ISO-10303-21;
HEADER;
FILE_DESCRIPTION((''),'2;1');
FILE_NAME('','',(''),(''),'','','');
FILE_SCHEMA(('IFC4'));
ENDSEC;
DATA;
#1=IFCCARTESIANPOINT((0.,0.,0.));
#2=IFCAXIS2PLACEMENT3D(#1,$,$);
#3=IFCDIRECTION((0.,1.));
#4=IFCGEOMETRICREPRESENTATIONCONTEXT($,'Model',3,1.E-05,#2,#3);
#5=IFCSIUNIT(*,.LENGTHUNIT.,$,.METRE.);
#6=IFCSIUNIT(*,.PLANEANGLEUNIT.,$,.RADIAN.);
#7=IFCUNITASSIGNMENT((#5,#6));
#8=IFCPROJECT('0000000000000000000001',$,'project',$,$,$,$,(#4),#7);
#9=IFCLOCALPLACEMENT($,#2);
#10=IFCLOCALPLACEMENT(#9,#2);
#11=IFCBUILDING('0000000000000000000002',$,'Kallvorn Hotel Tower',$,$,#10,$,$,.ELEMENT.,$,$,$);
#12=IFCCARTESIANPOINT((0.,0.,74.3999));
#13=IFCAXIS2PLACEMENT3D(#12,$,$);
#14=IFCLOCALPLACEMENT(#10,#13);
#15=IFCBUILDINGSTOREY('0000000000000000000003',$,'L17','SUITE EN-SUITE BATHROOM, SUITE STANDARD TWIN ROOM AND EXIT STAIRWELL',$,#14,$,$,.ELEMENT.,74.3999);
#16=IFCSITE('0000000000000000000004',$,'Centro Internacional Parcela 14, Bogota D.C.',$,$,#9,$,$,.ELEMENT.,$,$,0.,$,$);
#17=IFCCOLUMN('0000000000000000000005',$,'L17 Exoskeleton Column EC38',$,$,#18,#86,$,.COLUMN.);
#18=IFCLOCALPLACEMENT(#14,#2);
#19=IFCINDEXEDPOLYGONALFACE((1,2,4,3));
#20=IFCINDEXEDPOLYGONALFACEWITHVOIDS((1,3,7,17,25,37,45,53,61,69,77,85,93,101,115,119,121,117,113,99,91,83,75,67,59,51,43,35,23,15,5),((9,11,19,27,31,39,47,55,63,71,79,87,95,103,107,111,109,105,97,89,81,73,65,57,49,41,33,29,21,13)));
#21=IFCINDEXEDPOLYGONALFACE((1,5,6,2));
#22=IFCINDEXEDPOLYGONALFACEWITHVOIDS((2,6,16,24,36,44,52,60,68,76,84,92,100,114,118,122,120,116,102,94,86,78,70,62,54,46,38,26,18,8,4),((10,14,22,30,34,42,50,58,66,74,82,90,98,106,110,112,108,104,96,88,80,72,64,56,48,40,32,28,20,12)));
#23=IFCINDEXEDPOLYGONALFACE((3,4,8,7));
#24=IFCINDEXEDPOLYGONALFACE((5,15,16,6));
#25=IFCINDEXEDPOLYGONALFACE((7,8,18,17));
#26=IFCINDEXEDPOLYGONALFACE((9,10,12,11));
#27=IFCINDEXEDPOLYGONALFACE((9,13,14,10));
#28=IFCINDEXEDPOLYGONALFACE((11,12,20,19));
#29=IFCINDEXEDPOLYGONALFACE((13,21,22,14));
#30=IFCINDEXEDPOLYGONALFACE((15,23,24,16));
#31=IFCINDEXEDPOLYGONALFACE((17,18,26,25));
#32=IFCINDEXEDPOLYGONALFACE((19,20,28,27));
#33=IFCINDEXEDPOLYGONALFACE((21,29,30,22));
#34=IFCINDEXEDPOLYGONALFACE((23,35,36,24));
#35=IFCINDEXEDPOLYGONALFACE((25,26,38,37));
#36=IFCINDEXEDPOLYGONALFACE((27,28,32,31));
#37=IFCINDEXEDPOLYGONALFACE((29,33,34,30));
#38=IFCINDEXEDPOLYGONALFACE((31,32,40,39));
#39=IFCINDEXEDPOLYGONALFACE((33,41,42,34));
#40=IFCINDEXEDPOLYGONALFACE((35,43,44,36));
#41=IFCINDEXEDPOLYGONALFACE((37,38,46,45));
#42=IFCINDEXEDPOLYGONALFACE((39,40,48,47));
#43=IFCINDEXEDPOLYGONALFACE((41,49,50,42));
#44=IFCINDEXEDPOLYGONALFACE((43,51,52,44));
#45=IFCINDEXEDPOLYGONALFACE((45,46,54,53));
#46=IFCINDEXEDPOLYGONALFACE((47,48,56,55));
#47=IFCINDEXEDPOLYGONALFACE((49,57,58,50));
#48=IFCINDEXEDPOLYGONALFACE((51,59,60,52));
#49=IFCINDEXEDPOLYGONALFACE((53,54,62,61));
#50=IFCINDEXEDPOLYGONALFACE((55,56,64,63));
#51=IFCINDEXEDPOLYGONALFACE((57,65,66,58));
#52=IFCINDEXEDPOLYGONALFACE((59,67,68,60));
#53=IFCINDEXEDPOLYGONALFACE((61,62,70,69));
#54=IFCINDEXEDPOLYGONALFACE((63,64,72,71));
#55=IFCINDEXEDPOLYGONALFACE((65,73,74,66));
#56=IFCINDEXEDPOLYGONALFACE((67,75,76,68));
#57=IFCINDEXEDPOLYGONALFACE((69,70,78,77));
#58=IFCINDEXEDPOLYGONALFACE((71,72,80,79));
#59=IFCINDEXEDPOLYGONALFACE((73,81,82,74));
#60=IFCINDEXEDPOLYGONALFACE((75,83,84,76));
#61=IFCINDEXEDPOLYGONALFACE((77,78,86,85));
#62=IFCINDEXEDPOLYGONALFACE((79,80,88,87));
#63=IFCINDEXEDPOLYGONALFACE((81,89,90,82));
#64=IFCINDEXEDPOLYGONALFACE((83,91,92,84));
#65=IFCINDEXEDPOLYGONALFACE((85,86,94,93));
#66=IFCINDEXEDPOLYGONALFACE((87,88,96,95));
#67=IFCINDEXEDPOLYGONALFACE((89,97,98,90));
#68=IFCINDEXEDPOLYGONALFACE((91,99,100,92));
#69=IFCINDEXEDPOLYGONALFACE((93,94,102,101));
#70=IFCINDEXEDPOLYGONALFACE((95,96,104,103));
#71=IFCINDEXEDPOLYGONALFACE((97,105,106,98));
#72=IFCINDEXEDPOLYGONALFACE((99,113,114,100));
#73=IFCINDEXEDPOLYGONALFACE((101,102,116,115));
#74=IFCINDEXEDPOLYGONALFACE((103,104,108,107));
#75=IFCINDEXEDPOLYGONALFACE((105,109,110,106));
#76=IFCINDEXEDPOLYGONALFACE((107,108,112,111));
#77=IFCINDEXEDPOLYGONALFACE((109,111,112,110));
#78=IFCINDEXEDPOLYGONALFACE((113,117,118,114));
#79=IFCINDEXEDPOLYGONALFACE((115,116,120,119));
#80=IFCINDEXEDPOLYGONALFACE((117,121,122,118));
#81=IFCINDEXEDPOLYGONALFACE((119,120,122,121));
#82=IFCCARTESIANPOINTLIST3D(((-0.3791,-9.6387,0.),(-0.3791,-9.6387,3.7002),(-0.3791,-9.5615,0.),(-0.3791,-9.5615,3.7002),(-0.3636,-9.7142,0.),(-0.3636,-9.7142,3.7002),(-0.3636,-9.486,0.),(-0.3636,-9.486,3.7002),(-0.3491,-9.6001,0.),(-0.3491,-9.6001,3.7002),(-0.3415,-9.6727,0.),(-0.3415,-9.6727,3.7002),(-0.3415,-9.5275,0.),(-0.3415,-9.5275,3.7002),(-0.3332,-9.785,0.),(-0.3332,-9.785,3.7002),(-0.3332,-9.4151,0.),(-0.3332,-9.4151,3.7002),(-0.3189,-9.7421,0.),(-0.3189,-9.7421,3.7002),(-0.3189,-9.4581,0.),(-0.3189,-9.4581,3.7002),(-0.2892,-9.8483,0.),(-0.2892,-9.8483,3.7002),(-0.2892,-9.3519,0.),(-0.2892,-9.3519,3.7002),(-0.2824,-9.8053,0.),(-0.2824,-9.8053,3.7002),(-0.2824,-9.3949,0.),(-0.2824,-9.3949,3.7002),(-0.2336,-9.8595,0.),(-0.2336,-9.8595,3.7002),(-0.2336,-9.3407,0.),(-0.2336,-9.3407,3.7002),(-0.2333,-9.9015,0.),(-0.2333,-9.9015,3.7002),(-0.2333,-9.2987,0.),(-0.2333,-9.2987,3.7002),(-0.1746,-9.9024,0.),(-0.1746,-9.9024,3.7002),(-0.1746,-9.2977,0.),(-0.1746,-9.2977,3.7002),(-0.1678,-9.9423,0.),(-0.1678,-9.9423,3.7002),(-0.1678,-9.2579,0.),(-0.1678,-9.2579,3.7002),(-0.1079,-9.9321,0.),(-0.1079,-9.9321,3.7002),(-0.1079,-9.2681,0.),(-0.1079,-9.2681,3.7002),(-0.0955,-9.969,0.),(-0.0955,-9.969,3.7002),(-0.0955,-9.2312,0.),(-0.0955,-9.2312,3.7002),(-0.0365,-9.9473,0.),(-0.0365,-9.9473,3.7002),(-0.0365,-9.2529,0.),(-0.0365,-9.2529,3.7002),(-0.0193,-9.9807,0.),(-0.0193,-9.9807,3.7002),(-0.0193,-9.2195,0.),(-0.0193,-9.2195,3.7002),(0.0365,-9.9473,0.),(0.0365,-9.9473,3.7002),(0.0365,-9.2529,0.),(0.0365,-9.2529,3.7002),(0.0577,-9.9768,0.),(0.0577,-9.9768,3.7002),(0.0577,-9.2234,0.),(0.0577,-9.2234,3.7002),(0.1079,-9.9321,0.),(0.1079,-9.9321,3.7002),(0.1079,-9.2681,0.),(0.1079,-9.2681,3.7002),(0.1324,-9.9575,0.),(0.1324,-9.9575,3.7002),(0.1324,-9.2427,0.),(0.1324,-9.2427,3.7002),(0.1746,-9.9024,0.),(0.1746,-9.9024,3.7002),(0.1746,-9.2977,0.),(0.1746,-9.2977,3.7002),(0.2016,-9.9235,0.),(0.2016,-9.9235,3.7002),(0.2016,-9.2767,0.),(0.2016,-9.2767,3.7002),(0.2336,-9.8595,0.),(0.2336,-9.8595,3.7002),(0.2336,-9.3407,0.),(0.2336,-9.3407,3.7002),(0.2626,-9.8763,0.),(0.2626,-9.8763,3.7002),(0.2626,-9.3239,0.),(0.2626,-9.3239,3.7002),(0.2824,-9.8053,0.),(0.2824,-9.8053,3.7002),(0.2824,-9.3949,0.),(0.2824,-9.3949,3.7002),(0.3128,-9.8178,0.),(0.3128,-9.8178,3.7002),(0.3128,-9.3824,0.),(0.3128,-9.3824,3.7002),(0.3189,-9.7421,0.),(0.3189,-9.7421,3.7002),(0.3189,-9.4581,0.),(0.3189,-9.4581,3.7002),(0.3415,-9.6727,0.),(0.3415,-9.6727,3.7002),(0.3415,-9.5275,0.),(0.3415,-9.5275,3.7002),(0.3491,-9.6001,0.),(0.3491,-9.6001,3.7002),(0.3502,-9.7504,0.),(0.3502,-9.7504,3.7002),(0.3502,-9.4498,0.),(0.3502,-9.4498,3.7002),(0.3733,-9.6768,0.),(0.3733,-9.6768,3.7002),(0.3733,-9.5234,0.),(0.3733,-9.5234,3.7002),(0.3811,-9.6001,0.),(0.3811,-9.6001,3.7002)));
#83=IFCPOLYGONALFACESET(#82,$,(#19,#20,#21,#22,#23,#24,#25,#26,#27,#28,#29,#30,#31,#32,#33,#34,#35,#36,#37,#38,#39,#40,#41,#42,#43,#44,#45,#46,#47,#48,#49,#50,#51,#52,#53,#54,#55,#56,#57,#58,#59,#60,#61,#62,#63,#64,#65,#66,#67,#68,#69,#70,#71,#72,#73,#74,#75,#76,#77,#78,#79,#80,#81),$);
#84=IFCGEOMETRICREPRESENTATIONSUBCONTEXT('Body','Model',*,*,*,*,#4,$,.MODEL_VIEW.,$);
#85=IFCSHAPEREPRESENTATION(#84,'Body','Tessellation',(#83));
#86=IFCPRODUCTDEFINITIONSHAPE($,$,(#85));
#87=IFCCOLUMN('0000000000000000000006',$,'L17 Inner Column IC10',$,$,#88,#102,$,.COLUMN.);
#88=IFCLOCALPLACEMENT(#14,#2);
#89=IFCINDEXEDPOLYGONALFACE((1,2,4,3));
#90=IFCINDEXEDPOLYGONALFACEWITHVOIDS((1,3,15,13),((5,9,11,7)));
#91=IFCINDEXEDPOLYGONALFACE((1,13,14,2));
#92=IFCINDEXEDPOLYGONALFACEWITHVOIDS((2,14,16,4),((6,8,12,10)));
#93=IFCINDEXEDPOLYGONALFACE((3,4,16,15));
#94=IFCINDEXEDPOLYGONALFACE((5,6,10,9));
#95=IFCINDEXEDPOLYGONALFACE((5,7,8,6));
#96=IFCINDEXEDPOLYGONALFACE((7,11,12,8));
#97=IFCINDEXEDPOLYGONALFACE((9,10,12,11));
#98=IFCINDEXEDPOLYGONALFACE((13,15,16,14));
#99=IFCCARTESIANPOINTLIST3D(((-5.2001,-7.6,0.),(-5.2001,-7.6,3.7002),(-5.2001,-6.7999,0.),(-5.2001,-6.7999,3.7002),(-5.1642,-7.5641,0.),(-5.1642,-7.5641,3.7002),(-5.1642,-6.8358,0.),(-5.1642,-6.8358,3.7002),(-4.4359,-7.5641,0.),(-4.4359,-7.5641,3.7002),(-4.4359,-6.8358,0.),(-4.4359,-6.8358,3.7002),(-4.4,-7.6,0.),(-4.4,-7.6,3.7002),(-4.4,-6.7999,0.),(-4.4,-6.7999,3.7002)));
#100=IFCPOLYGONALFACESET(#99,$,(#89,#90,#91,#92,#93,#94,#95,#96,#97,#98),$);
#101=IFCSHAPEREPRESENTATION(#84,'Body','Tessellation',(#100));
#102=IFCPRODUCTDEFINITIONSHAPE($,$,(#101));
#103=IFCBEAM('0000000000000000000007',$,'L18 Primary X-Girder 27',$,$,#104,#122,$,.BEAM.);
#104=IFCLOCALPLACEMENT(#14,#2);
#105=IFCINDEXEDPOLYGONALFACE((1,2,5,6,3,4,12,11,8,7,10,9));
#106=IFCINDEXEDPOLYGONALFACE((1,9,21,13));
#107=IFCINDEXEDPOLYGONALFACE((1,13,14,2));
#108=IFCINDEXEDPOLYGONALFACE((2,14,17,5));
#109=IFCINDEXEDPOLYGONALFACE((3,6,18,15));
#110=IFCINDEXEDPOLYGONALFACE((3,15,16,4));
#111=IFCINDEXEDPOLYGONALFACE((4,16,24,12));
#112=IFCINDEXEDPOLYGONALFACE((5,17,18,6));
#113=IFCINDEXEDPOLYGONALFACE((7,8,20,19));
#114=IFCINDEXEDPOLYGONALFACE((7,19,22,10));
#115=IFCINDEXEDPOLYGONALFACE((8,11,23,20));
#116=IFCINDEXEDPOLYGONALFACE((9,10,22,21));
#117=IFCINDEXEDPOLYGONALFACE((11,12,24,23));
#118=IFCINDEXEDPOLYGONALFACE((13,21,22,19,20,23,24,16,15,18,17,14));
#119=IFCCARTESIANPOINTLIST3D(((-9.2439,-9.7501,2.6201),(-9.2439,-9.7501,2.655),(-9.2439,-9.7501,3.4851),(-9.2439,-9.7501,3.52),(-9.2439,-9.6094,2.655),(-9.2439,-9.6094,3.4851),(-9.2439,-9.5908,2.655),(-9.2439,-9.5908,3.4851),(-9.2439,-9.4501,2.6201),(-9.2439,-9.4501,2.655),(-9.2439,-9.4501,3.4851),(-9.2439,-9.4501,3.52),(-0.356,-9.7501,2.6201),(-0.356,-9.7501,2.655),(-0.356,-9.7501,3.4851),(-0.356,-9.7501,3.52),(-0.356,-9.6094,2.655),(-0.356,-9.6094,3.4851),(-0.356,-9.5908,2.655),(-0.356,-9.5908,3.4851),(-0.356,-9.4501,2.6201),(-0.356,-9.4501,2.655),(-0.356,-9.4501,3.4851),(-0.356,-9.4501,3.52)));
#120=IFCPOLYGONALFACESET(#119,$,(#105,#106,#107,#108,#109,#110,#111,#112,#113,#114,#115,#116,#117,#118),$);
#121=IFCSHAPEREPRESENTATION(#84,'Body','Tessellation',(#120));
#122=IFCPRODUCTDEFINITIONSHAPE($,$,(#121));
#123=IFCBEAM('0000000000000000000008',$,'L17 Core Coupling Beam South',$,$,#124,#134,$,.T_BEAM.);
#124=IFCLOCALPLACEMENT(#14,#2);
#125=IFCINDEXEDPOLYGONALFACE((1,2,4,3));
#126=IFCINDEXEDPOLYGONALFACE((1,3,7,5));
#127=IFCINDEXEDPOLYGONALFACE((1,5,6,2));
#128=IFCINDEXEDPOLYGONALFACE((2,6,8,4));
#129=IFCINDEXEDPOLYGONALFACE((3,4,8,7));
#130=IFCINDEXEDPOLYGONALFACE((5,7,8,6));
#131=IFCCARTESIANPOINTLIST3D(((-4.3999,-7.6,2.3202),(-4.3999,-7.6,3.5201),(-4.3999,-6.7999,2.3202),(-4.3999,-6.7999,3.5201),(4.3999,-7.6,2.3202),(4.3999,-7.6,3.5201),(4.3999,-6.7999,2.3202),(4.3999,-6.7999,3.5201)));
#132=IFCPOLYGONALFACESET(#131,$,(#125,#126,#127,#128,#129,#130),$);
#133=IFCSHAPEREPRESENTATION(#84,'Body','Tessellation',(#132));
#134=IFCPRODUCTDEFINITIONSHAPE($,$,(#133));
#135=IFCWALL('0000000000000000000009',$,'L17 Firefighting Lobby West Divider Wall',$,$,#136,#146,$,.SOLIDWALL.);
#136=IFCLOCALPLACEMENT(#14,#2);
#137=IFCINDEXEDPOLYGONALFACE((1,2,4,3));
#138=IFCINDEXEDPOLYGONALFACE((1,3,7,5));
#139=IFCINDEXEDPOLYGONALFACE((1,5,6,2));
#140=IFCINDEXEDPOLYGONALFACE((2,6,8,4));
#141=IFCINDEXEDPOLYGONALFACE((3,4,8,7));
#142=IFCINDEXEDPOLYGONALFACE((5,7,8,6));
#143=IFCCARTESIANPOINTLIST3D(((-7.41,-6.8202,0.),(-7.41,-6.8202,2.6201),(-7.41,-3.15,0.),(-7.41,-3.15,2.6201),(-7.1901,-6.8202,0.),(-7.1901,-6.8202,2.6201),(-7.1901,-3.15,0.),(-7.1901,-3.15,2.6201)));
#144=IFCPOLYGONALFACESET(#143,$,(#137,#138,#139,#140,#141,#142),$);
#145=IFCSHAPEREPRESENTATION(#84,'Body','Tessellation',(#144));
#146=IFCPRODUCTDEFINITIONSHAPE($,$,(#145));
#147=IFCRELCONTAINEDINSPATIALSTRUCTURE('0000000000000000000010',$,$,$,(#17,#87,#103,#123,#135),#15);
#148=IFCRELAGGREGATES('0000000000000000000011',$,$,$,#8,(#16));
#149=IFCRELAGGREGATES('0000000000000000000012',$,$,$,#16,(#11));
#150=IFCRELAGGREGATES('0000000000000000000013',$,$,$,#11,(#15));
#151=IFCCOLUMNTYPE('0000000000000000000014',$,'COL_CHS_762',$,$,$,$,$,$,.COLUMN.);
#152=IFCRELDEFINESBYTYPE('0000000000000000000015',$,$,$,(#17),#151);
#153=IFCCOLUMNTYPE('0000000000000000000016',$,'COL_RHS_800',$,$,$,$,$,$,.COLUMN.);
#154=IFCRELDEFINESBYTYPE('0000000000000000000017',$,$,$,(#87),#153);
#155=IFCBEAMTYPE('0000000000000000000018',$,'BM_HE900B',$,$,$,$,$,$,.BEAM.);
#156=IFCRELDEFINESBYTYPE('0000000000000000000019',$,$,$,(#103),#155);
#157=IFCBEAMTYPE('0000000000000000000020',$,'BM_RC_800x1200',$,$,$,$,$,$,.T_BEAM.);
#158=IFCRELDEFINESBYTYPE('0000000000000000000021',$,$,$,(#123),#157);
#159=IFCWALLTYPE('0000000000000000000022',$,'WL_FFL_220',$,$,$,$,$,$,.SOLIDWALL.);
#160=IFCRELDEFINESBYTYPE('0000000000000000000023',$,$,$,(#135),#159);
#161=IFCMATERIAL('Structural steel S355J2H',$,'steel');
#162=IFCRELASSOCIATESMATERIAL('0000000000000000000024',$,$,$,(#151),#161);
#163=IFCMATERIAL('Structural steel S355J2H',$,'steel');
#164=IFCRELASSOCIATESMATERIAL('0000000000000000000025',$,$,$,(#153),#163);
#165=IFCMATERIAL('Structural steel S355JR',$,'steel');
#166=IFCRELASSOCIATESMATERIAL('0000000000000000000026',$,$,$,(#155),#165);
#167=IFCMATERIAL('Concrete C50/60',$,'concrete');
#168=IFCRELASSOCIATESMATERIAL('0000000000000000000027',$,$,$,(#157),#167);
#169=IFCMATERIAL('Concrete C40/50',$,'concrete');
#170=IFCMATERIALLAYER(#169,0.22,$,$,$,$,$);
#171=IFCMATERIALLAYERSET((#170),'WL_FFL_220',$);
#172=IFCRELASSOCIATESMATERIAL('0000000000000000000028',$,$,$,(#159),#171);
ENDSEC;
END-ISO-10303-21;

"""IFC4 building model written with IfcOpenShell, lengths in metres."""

from ifc_helpers import new_model, si_unit, direction, frame, frame_2d, origin, origin_2d, place, context, subcontext, project, spatial, rectangle, hollow_rectangle, hollow_circle, i_section, extrude, material, layer, layer_set, material_profile, profile_set, type_object, element, save


model = new_model("IFC4")

# Units and contexts
model_context = context("Model", 3, precision=1e-05, world=origin(), true_north=direction((0.0, 1.0)))
body_context = subcontext(model_context, "Body", "Model", "MODEL_VIEW")
ifc_project = project(units=[si_unit("LENGTHUNIT", "METRE"), si_unit("PLANEANGLEUNIT", "RADIAN")], contexts=[model_context])

# Site, building, storey
site_placement = place(None, origin())
site = spatial("IfcSite", under=ifc_project, at=site_placement, Name="Centro Internacional Parcela 14, Bogota D.C.", CompositionType="ELEMENT", RefElevation=0.0)
building_placement = place(site_placement, origin())
building = spatial("IfcBuilding", under=site, at=building_placement, Name="Kallvorn Hotel Tower", CompositionType="ELEMENT")
storey_placement = place(building_placement, frame((0.0, 0.0, 74.3999)))
storey = spatial("IfcBuildingStorey", under=building, at=storey_placement, Name="L17", Description="SUITE EN-SUITE BATHROOM, SUITE STANDARD TWIN ROOM AND EXIT STAIRWELL", CompositionType="ELEMENT", Elevation=74.3999)

# Columns
ifc_material_1 = material(Name="Structural steel S355J2H", Category="steel")
ifc_material_profile_1 = material_profile(ifc_material_1, hollow_circle(Radius=0.3811, WallThickness=0.032, at=origin_2d()), Name="CHS 762x32")
ifc_profile_set_1 = profile_set([ifc_material_profile_1], Name="Structural steel S355J2H")
column_type_1 = type_object("IfcColumnType", Name="COL_CHS_762", PredefinedType="COLUMN", material=ifc_profile_set_1)
column_1_placement = place(storey_placement, frame((0.0, -9.6001, 0.0), z_axis=(0.0, 0.0, 1.0), x_axis=(1.0, 0.0, 0.0)))
element("IfcColumn", 1, at=column_1_placement, inside=storey, type_object=column_type_1, Name="L17 Exoskeleton Column EC38", PredefinedType="COLUMN", context=body_context, shape_type="SweptSolid", body=[
    extrude(hollow_circle(Radius=0.3811, WallThickness=0.032, at=origin_2d()), origin(), (0.0, 0.0, 1.0), 3.7002),
])
ifc_material_2 = material(Name="Structural steel S355J2H", Category="steel")
ifc_material_profile_2 = material_profile(ifc_material_2, hollow_rectangle(XDim=0.8, YDim=0.8, WallThickness=0.0359, at=origin_2d()), Name="RHS 800x800x36")
ifc_profile_set_2 = profile_set([ifc_material_profile_2], Name="Structural steel S355J2H")
column_type_2 = type_object("IfcColumnType", Name="COL_RHS_800", PredefinedType="COLUMN", material=ifc_profile_set_2)
column_2_placement = place(storey_placement, frame((-4.8, -7.2, 0.0), z_axis=(0.0, 0.0, 1.0), x_axis=(1.0, 0.0, 0.0)))
element("IfcColumn", 2, at=column_2_placement, inside=storey, type_object=column_type_2, Name="L17 Inner Column IC10", PredefinedType="COLUMN", context=body_context, shape_type="SweptSolid", body=[
    extrude(hollow_rectangle(XDim=0.8, YDim=0.8, WallThickness=0.0359, at=origin_2d()), origin(), (0.0, 0.0, 1.0), 3.7002),
])

# Beams
ifc_material_3 = material(Name="Structural steel S355JR", Category="steel")
ifc_material_profile_3 = material_profile(ifc_material_3, i_section(OverallWidth=0.3, OverallDepth=0.8999, WebThickness=0.0186, FlangeThickness=0.0349, at=origin_2d()), Name="HE 900 B")
ifc_profile_set_3 = profile_set([ifc_material_profile_3], Name="Structural steel S355JR")
beam_type_1 = type_object("IfcBeamType", Name="BM_HE900B", PredefinedType="BEAM", material=ifc_profile_set_3)
beam_1_placement = place(storey_placement, frame((-9.2439, -9.6001, 3.0701), z_axis=(1.0, 0.0, 0.0), x_axis=(0.0, 1.0, 0.0)))
element("IfcBeam", 3, at=beam_1_placement, inside=storey, type_object=beam_type_1, Name="L18 Primary X-Girder 27", PredefinedType="BEAM", context=body_context, shape_type="SweptSolid", body=[
    extrude(i_section(OverallWidth=0.3, OverallDepth=0.8999, WebThickness=0.0186, FlangeThickness=0.0349, at=origin_2d()), origin(), (0.0, 0.0, 1.0), 8.8879),
])
ifc_material_4 = material(Name="Concrete C50/60", Category="concrete")
ifc_material_profile_4 = material_profile(ifc_material_4, rectangle(XDim=0.8, YDim=1.2, at=origin_2d()), Name="RC 800x1200")
ifc_profile_set_4 = profile_set([ifc_material_profile_4], Name="Concrete C50/60")
beam_type_2 = type_object("IfcBeamType", Name="BM_RC_800x1200", PredefinedType="T_BEAM", material=ifc_profile_set_4)
beam_2_placement = place(storey_placement, frame((-4.3999, -7.2, 2.9202), z_axis=(1.0, 0.0, 0.0), x_axis=(0.0, 1.0, 0.0)))
element("IfcBeam", 4, at=beam_2_placement, inside=storey, type_object=beam_type_2, Name="L17 Core Coupling Beam South", PredefinedType="T_BEAM", context=body_context, shape_type="SweptSolid", body=[
    extrude(rectangle(XDim=0.8, YDim=1.2, at=origin_2d()), origin(), (0.0, 0.0, 1.0), 8.7998),
])

# Wall
ifc_material_5 = material(Name="Concrete C40/50", Category="concrete")
ifc_layer_1 = layer(ifc_material_5, 0.22)
ifc_layer_set_1 = layer_set([ifc_layer_1], Name="WL_FFL_220")
wall_type_1 = type_object("IfcWallType", Name="WL_FFL_220", PredefinedType="SOLIDWALL", material=ifc_layer_set_1)
wall_1_placement = place(storey_placement, frame((-7.3, -6.8201, 0.0), z_axis=(0.0, 0.0, 1.0), x_axis=(0.0, 1.0, 0.0)))
element("IfcWall", 5, at=wall_1_placement, inside=storey, type_object=wall_type_1, Name="L17 Firefighting Lobby West Divider Wall", PredefinedType="SOLIDWALL", context=body_context, shape_type="SweptSolid", body=[
    extrude(rectangle(XDim=3.6702, YDim=0.22, at=frame_2d((1.835, 0.0))), origin(), (0.0, 0.0, 1.0), 2.6201),
])

save(model, "model.ifc")
